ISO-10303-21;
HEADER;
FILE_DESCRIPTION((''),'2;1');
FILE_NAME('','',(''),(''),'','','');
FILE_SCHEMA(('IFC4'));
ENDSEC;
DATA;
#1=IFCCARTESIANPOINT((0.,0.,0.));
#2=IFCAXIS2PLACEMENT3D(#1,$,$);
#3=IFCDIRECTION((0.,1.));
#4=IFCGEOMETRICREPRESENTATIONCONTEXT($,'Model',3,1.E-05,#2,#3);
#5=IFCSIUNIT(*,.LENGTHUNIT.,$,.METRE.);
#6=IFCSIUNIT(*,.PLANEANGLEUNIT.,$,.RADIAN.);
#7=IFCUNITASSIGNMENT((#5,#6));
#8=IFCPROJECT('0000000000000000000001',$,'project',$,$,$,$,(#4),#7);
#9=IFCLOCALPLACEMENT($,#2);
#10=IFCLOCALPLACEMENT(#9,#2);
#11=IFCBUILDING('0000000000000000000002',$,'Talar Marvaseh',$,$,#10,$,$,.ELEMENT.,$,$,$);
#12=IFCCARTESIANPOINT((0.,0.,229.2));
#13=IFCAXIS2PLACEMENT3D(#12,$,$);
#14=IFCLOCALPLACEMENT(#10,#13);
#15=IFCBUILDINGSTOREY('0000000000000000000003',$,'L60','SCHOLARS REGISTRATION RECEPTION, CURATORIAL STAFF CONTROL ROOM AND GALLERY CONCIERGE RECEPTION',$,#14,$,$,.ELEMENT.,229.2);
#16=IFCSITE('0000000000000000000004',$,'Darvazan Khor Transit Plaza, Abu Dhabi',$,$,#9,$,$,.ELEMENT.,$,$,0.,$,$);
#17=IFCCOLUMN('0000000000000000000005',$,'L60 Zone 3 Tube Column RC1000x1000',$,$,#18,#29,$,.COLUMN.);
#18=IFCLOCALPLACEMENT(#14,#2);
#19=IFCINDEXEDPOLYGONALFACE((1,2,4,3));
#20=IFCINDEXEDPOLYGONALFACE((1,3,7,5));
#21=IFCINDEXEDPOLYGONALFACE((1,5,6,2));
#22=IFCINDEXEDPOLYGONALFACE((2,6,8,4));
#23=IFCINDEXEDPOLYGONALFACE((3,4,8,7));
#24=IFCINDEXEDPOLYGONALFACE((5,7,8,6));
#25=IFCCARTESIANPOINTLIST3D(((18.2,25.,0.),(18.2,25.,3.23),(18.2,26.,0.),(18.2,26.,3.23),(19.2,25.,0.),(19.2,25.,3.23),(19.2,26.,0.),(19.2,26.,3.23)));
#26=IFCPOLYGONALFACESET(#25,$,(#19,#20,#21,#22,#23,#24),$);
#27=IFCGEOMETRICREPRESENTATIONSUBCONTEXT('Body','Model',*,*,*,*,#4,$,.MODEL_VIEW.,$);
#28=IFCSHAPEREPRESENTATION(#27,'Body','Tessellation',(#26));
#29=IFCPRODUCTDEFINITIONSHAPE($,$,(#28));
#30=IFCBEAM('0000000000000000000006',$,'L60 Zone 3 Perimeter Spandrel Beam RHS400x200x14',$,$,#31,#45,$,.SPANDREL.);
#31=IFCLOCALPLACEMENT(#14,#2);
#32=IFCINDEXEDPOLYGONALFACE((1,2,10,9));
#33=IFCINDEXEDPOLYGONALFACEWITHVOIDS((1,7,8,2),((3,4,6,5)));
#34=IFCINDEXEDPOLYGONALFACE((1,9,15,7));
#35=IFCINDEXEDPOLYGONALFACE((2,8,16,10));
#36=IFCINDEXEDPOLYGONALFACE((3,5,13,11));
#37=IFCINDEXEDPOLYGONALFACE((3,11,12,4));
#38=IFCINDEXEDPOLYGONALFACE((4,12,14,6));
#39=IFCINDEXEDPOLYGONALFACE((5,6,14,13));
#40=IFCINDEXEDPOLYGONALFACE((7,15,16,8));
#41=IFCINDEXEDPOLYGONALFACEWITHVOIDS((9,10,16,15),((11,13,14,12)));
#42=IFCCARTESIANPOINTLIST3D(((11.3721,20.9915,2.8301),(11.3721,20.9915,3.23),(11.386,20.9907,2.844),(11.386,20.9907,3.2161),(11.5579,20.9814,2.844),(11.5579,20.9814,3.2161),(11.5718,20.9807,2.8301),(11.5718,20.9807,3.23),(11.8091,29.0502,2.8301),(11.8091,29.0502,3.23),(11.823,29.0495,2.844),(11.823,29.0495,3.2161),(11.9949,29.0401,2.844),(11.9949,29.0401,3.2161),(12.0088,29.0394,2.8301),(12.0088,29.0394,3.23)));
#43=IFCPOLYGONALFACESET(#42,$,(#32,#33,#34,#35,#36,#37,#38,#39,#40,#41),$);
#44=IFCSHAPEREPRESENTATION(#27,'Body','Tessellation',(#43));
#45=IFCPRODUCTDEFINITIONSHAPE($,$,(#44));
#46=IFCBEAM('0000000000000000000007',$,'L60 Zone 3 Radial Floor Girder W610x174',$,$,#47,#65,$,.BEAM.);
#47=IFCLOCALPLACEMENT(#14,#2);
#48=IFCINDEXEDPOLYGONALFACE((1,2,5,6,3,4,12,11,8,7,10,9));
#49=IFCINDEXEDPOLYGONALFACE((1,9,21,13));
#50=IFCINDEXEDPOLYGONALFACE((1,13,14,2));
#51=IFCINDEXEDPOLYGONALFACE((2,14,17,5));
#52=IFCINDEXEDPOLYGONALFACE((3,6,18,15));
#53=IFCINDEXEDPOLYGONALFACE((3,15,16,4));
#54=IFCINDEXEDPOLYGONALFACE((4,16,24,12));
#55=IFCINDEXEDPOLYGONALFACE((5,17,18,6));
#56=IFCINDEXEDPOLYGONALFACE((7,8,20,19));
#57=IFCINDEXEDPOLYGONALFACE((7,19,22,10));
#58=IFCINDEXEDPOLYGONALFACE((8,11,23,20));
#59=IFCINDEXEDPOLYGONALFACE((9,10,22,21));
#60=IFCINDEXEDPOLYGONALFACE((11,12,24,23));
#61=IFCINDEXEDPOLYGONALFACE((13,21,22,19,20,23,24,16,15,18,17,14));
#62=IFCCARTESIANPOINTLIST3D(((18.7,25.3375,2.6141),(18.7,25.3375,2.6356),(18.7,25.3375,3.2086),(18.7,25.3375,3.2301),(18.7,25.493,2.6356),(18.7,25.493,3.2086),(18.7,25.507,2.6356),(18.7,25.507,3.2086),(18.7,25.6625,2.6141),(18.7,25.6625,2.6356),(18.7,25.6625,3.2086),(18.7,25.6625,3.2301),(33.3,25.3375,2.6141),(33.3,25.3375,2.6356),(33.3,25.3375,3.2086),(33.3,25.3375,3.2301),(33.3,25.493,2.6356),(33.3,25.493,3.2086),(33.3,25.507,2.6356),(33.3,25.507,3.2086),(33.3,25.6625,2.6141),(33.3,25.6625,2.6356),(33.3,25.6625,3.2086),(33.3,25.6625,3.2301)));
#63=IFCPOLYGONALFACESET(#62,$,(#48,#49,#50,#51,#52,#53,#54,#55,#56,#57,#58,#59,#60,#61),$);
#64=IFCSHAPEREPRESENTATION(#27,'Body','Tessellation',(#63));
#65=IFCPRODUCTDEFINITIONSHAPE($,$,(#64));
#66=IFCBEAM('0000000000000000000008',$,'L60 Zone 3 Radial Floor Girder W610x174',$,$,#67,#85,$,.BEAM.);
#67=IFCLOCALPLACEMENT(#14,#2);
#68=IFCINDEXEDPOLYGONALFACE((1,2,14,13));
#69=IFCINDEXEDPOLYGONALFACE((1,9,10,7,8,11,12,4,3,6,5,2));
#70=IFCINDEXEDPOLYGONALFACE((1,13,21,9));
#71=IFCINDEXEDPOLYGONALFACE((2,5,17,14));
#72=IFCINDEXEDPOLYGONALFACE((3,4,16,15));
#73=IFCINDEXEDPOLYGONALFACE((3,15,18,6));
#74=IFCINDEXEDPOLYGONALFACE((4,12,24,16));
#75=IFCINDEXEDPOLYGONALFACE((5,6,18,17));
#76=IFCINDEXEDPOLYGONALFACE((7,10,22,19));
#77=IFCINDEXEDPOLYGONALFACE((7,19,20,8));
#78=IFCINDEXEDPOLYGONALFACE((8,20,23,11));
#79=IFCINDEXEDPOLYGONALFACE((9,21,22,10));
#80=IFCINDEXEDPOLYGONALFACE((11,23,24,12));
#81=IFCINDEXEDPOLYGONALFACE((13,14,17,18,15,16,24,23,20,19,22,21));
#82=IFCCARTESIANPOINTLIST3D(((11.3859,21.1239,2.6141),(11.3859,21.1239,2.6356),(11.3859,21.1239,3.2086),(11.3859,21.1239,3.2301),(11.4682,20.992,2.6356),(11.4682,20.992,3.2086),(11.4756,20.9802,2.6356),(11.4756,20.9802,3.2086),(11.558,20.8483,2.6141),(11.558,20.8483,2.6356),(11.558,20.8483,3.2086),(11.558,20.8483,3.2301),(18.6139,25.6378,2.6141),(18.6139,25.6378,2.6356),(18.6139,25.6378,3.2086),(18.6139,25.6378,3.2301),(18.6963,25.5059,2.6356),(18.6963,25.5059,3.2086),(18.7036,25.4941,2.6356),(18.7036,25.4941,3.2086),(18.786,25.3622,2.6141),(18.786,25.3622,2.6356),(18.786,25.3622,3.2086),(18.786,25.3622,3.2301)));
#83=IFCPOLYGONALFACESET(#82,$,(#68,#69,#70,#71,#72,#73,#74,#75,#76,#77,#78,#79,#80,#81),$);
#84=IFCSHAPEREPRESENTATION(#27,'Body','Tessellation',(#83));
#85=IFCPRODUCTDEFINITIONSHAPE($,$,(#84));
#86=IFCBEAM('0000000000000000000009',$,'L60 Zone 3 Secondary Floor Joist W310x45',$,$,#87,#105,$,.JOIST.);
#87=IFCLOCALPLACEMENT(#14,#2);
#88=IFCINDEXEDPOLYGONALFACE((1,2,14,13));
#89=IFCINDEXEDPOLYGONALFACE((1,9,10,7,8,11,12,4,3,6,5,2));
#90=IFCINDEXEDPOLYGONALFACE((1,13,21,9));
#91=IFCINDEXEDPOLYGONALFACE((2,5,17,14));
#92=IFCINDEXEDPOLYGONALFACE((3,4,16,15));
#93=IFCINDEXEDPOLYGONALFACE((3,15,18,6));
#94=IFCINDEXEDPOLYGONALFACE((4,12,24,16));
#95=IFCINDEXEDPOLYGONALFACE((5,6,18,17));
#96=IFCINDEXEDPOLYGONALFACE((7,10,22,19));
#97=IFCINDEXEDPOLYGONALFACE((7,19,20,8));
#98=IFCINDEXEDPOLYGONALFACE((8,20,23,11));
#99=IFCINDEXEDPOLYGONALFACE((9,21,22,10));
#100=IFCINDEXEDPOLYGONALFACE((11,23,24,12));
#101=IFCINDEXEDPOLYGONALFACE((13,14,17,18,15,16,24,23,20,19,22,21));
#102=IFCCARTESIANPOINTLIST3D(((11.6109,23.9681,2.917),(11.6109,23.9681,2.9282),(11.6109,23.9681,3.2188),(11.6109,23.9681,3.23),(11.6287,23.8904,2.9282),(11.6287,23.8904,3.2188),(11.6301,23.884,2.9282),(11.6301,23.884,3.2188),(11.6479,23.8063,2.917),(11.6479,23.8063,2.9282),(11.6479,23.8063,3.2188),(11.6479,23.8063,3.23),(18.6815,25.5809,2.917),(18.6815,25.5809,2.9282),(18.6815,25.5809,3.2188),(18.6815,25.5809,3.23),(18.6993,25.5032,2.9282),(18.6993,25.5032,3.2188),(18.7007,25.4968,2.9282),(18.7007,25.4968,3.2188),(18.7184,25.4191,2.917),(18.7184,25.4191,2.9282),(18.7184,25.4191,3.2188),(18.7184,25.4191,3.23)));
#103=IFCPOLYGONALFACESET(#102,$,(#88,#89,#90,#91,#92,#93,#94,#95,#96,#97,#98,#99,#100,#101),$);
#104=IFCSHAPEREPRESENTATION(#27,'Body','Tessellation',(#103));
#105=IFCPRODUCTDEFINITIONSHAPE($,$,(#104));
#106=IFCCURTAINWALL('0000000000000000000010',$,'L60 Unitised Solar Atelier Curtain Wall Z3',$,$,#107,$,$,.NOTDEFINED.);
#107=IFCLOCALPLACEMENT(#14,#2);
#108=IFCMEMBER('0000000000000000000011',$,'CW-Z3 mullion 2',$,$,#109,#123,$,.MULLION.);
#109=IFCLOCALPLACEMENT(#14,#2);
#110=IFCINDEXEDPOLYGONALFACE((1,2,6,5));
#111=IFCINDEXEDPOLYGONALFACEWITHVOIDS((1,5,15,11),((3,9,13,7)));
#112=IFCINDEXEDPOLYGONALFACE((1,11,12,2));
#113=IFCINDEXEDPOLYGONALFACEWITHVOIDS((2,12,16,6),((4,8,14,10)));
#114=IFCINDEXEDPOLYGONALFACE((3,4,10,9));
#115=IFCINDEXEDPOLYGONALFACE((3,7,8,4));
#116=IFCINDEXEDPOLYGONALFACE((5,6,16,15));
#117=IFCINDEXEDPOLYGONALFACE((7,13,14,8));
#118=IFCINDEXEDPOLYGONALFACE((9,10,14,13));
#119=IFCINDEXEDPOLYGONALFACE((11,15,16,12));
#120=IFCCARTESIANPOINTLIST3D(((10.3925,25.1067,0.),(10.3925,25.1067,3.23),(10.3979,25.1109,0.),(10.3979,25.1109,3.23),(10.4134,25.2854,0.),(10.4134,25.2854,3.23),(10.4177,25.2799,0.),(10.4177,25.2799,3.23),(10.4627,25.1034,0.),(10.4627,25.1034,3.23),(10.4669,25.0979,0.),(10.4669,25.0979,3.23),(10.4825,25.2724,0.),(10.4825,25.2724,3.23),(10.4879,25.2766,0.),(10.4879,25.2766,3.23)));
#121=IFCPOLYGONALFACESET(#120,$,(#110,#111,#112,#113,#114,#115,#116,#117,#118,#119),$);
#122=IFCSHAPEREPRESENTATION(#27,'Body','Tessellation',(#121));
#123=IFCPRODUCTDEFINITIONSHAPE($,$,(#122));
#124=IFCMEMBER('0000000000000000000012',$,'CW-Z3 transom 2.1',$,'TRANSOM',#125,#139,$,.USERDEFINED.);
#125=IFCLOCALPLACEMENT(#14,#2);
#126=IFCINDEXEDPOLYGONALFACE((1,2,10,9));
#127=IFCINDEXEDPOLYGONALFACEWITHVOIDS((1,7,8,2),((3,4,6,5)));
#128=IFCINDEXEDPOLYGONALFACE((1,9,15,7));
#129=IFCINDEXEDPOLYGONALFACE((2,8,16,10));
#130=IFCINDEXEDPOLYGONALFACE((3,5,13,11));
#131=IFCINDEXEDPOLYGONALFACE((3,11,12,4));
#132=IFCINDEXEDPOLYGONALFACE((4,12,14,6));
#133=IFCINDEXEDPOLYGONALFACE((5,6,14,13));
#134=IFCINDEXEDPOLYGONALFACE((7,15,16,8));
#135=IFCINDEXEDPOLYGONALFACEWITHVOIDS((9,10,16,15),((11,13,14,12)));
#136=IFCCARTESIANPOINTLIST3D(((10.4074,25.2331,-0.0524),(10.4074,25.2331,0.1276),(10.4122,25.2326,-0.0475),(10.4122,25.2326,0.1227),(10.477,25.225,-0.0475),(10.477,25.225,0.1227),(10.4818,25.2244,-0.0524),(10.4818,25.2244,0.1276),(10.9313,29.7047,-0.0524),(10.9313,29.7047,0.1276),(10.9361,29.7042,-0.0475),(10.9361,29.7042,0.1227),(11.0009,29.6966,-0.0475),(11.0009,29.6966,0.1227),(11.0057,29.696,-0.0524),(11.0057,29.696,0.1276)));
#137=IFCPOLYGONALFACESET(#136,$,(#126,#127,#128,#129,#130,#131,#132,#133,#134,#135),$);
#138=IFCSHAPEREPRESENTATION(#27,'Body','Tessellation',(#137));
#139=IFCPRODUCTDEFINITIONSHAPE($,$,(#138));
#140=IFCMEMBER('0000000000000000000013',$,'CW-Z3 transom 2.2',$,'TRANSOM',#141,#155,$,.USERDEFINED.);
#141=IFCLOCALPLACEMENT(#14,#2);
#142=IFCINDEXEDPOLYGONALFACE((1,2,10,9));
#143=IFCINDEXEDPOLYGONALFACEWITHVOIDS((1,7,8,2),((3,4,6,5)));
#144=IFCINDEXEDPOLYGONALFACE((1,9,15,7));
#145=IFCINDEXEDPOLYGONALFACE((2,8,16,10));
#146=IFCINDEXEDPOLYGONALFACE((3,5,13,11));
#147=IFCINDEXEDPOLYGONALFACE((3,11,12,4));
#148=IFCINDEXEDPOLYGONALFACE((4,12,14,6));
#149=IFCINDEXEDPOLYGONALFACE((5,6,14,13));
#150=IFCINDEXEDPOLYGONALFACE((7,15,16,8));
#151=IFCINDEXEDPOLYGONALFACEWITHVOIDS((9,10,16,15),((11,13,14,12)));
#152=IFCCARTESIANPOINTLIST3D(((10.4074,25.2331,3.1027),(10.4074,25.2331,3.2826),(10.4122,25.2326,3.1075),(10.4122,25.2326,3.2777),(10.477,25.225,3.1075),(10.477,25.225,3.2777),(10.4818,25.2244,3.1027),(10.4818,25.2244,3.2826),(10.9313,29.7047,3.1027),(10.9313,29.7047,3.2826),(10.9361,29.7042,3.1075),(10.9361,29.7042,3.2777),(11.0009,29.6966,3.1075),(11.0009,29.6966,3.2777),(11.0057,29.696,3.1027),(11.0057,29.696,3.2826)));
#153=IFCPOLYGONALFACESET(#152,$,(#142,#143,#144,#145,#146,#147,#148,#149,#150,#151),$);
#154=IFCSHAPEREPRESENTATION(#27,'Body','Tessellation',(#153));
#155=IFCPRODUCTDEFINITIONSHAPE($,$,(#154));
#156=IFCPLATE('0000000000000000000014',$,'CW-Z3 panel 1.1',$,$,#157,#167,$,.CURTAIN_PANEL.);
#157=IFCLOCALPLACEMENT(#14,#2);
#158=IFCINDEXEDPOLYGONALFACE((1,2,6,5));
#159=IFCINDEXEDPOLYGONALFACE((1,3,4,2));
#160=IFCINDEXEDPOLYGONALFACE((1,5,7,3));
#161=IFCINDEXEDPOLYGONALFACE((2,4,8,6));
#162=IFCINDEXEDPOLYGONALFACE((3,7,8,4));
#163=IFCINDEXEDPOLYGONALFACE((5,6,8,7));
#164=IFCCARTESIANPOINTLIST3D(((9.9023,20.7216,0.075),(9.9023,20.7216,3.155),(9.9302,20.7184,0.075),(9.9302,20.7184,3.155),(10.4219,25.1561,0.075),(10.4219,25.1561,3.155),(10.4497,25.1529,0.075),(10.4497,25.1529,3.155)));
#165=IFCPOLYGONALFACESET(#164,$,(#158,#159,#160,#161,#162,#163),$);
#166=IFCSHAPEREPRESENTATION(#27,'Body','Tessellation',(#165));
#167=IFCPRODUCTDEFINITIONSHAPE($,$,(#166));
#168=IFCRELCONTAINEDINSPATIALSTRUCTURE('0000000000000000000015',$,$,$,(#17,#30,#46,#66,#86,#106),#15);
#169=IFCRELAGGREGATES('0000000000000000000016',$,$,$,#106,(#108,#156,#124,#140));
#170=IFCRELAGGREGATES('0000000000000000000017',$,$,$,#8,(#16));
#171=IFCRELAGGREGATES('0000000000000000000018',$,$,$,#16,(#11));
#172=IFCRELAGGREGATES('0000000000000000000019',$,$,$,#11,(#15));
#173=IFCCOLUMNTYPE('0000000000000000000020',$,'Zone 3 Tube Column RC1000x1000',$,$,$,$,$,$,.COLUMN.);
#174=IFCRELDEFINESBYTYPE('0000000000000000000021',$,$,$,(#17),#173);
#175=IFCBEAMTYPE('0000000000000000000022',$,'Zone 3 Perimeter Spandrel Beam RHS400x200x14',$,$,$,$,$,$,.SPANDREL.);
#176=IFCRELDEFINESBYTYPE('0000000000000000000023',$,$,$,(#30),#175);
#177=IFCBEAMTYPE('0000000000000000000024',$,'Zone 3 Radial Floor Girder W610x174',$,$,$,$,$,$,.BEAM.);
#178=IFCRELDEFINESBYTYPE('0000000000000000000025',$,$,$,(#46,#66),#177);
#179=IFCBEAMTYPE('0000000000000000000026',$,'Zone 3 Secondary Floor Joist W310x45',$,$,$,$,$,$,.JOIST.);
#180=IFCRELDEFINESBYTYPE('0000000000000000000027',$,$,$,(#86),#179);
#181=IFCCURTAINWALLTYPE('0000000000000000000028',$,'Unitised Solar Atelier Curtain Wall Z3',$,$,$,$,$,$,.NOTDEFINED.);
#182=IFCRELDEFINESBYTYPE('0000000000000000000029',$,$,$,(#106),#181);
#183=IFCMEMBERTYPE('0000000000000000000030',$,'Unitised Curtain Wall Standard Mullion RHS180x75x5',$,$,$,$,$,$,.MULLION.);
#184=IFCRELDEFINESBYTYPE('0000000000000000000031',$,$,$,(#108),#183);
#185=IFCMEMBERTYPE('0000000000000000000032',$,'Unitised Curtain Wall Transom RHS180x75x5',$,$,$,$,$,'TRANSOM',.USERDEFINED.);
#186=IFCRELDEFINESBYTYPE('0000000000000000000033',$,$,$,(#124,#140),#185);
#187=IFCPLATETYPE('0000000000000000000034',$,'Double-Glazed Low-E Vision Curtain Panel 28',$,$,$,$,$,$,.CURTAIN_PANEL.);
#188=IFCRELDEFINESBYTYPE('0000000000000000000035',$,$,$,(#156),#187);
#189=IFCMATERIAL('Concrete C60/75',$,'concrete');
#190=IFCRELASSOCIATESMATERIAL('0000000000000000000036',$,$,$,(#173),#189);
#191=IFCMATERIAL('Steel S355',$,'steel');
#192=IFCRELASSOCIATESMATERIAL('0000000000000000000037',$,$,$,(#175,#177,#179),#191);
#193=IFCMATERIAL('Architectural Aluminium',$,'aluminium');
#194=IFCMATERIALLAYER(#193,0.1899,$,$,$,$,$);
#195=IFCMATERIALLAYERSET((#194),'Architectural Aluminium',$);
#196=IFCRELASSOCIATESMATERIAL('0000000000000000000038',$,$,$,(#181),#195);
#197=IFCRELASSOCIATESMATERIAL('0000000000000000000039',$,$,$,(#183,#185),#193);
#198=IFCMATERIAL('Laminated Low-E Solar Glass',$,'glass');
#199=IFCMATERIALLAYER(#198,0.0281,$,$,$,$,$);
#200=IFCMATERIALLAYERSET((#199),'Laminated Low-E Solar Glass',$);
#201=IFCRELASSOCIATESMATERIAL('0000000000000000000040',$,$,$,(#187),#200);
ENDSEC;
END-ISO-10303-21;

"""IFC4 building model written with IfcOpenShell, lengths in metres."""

from ifc_helpers import new_model, si_unit, direction, frame, origin, origin_2d, place, context, subcontext, project, spatial, rectangle, hollow_rectangle, i_section, extrude, source, transform, mapped, material, layer, layer_set, material_profile, profile_set, type_object, type_shapes, element, aggregate, save


model = new_model("IFC4")

# Units and contexts
model_context = context("Model", 3, precision=1e-05, world=origin(), true_north=direction((0.0, 1.0)))
body_context = subcontext(model_context, "Body", "Model", "MODEL_VIEW")
ifc_project = project(units=[si_unit("LENGTHUNIT", "METRE"), si_unit("PLANEANGLEUNIT", "RADIAN")], contexts=[model_context])

# Site, building, storey
site_placement = place(None, origin())
site = spatial("IfcSite", under=ifc_project, at=site_placement, Name="Darvazan Khor Transit Plaza, Abu Dhabi", CompositionType="ELEMENT", RefElevation=0.0)
building_placement = place(site_placement, origin())
building = spatial("IfcBuilding", under=site, at=building_placement, Name="Talar Marvaseh", CompositionType="ELEMENT")
storey_placement = place(building_placement, frame((0.0, 0.0, 229.2)))
storey = spatial("IfcBuildingStorey", under=building, at=storey_placement, Name="L60", Description="SCHOLARS REGISTRATION RECEPTION, CURATORIAL STAFF CONTROL ROOM AND GALLERY CONCIERGE RECEPTION", CompositionType="ELEMENT", Elevation=229.2)

# Column
ifc_material_1 = material(Name="Concrete C60/75", Category="concrete")
ifc_material_profile_1 = material_profile(ifc_material_1, rectangle(XDim=1.0, YDim=1.0, at=origin_2d()), Name="RC1000x1000")
ifc_profile_set_1 = profile_set([ifc_material_profile_1], Name="Concrete C60/75")
column_type = type_object("IfcColumnType", Name="Zone 3 Tube Column RC1000x1000", PredefinedType="COLUMN", material=ifc_profile_set_1)
column_placement = place(storey_placement, frame((18.7, 25.5, 0.0), z_axis=(0.0, 0.0, 1.0), x_axis=(1.0, 0.0, 0.0)))
element("IfcColumn", 1, at=column_placement, inside=storey, type_object=column_type, Name="L60 Zone 3 Tube Column RC1000x1000", PredefinedType="COLUMN", context=body_context, shape_type="SweptSolid", body=[
    extrude(rectangle(XDim=1.0, YDim=1.0, at=origin_2d()), origin(), (0.0, 0.0, 1.0), 3.23),
])

# Beams
ifc_material_2 = material(Name="Steel S355", Category="steel")
ifc_material_profile_2 = material_profile(ifc_material_2, hollow_rectangle(XDim=0.2, YDim=0.3999, WallThickness=0.0139, at=origin_2d()), Name="RHS400x200x14")
ifc_profile_set_2 = profile_set([ifc_material_profile_2], Name="Steel S355")
beam_type_1 = type_object("IfcBeamType", Name="Zone 3 Perimeter Spandrel Beam RHS400x200x14", PredefinedType="SPANDREL", material=ifc_profile_set_2)
beam_1_placement = place(storey_placement, frame((11.4719, 20.9861, 3.03), z_axis=(0.054148, 0.998533, 0.0), x_axis=(-0.998533, 0.054148, 0.0)))
element("IfcBeam", 2, at=beam_1_placement, inside=storey, type_object=beam_type_1, Name="L60 Zone 3 Perimeter Spandrel Beam RHS400x200x14", PredefinedType="SPANDREL", context=body_context, shape_type="SweptSolid", body=[
    extrude(hollow_rectangle(XDim=0.2, YDim=0.3999, WallThickness=0.0139, at=origin_2d()), origin(), (0.0, 0.0, 1.0), 8.0706),
])
ifc_material_profile_3 = material_profile(ifc_material_2, i_section(OverallWidth=0.325, OverallDepth=0.616, WebThickness=0.0139, FlangeThickness=0.0215, at=origin_2d()), Name="W610x174")
ifc_profile_set_3 = profile_set([ifc_material_profile_3], Name="Steel S355")
beam_type_2 = type_object("IfcBeamType", Name="Zone 3 Radial Floor Girder W610x174", PredefinedType="BEAM", material=ifc_profile_set_3)
beam_2_placement = place(storey_placement, frame((18.7, 25.5, 2.9221), z_axis=(1.0, 0.0, 0.0), x_axis=(0.0, 1.0, 0.0)))
element("IfcBeam", 3, at=beam_2_placement, inside=storey, type_object=beam_type_2, Name="L60 Zone 3 Radial Floor Girder W610x174", PredefinedType="BEAM", context=body_context, shape_type="SweptSolid", body=[
    extrude(i_section(OverallWidth=0.325, OverallDepth=0.616, WebThickness=0.0139, FlangeThickness=0.0215, at=origin_2d()), origin(), (0.0, 0.0, 1.0), 14.6001),
])
beam_3_placement = place(storey_placement, frame((11.4719, 20.9861, 2.9221), z_axis=(0.848188, 0.529695, 0.0), x_axis=(-0.529695, 0.848188, 0.0)))
element("IfcBeam", 4, at=beam_3_placement, inside=storey, type_object=beam_type_2, Name="L60 Zone 3 Radial Floor Girder W610x174", PredefinedType="BEAM", context=body_context, shape_type="SweptSolid", body=[
    extrude(i_section(OverallWidth=0.325, OverallDepth=0.616, WebThickness=0.0139, FlangeThickness=0.0215, at=origin_2d()), origin(), (0.0, 0.0, 1.0), 8.5217),
])
ifc_material_profile_4 = material_profile(ifc_material_2, i_section(OverallWidth=0.166, OverallDepth=0.313, WebThickness=0.0066, FlangeThickness=0.0112, at=origin_2d()), Name="W310x45")
ifc_profile_set_4 = profile_set([ifc_material_profile_4], Name="Steel S355")
beam_type_3 = type_object("IfcBeamType", Name="Zone 3 Secondary Floor Joist W310x45", PredefinedType="JOIST", material=ifc_profile_set_4)
beam_4_placement = place(storey_placement, frame((11.6294, 23.8872, 3.0735), z_axis=(0.974958, 0.222388, 0.0), x_axis=(-0.222388, 0.974958, 0.0)))
element("IfcBeam", 5, at=beam_4_placement, inside=storey, type_object=beam_type_3, Name="L60 Zone 3 Secondary Floor Joist W310x45", PredefinedType="JOIST", context=body_context, shape_type="SweptSolid", body=[
    extrude(i_section(OverallWidth=0.166, OverallDepth=0.313, WebThickness=0.0066, FlangeThickness=0.0112, at=origin_2d()), origin(), (0.0, 0.0, 1.0), 7.2522),
])

# Curtain wall, members, plate
ifc_material_3 = material(Name="Architectural Aluminium", Category="aluminium")
ifc_layer_1 = layer(ifc_material_3, 0.1899)
ifc_layer_set_1 = layer_set([ifc_layer_1], Name="Architectural Aluminium")
curtain_wall_type = type_object("IfcCurtainWallType", Name="Unitised Solar Atelier Curtain Wall Z3", PredefinedType="NOTDEFINED", material=ifc_layer_set_1)
curtain_wall_placement = place(storey_placement, origin())
curtain_wall = element("IfcCurtainWall", 6, at=curtain_wall_placement, inside=storey, type_object=curtain_wall_type, Name="L60 Unitised Solar Atelier Curtain Wall Z3", PredefinedType="NOTDEFINED")
ifc_material_profile_5 = material_profile(ifc_material_3, hollow_rectangle(XDim=0.075, YDim=0.1799, WallThickness=0.0049, at=origin_2d()), Name="RHS180x75x5")
ifc_profile_set_5 = profile_set([ifc_material_profile_5], Name="Architectural Aluminium")
member_type_1 = type_object("IfcMemberType", Name="Unitised Curtain Wall Standard Mullion RHS180x75x5", PredefinedType="MULLION", material=ifc_profile_set_5)
shared_shape_1 = source(origin(), body_context, "Body", "SweptSolid", [
    extrude(hollow_rectangle(XDim=0.075, YDim=0.1799, WallThickness=0.0049, at=origin_2d()), origin(), (0.0, 0.0, 1.0), 3.23),
])
type_shapes(member_type_1, [shared_shape_1])
member_1_placement = place(storey_placement, frame((10.4402, 25.1917, 0.0), z_axis=(0.0, 0.0, 1.0), x_axis=(-0.993206, 0.116366, 0.0)))
member_1 = element("IfcMember", 7, at=member_1_placement, type_object=member_type_1, Name="CW-Z3 mullion 2", PredefinedType="MULLION", context=body_context, shape_type="MappedRepresentation", body=[
    mapped(shared_shape_1, transform((0.0, 0.0, 0.0), x_axis=(1.0, 0.0, 0.0), y_axis=(0.0, 1.0, 0.0), z_axis=(0.0, 0.0, 1.0), scale=1.0)),
])
ifc_material_profile_6 = material_profile(ifc_material_3, hollow_rectangle(XDim=0.075, YDim=0.1799, WallThickness=0.0049, at=origin_2d()), Name="RHS180x75x5")
ifc_profile_set_6 = profile_set([ifc_material_profile_6], Name="Architectural Aluminium")
member_type_2 = type_object("IfcMemberType", Name="Unitised Curtain Wall Transom RHS180x75x5", ElementType="TRANSOM", PredefinedType="USERDEFINED", material=ifc_profile_set_6)
shared_shape_2 = source(origin(), body_context, "Body", "SweptSolid", [
    extrude(hollow_rectangle(XDim=0.075, YDim=0.1799, WallThickness=0.0049, at=origin_2d()), origin(), (0.0, 0.0, 1.0), 4.5022),
])
type_shapes(member_type_2, [shared_shape_2])
member_2_placement = place(storey_placement, frame((10.4446, 25.2288, 0.0376), z_axis=(0.116369, 0.993206, 0.0), x_axis=(-0.993206, 0.116369, 0.0)))
member_2 = element("IfcMember", 8, at=member_2_placement, type_object=member_type_2, Name="CW-Z3 transom 2.1", ObjectType="TRANSOM", PredefinedType="USERDEFINED", context=body_context, shape_type="MappedRepresentation", body=[
    mapped(shared_shape_2, transform((0.0, 0.0, 0.0), x_axis=(1.0, 0.0, 0.0), y_axis=(0.0, 1.0, 0.0), z_axis=(0.0, 0.0, 1.0), scale=1.0)),
])
member_3_placement = place(storey_placement, frame((10.4446, 25.2288, 3.1926), z_axis=(0.116369, 0.993206, 0.0), x_axis=(-0.993206, 0.116369, 0.0)))
member_3 = element("IfcMember", 9, at=member_3_placement, type_object=member_type_2, Name="CW-Z3 transom 2.2", ObjectType="TRANSOM", PredefinedType="USERDEFINED", context=body_context, shape_type="MappedRepresentation", body=[
    mapped(shared_shape_2, transform((0.0, 0.0, 0.0), x_axis=(1.0, 0.0, 0.0), y_axis=(0.0, 1.0, 0.0), z_axis=(0.0, 0.0, 1.0), scale=1.0)),
])
ifc_material_4 = material(Name="Laminated Low-E Solar Glass", Category="glass")
ifc_layer_2 = layer(ifc_material_4, 0.0281)
ifc_layer_set_2 = layer_set([ifc_layer_2], Name="Laminated Low-E Solar Glass")
plate_type = type_object("IfcPlateType", Name="Double-Glazed Low-E Vision Curtain Panel 28", PredefinedType="CURTAIN_PANEL", material=ifc_layer_set_2)
shared_shape_3 = source(origin(), body_context, "Body", "SweptSolid", [
    extrude(rectangle(XDim=4.4648, YDim=0.0281, at=origin_2d()), origin(), (0.0, 0.0, 1.0), 3.0801),
])
type_shapes(plate_type, [shared_shape_3])
plate_placement = place(storey_placement, frame((10.176, 22.9373, 0.075), z_axis=(0.0, 0.0, 1.0), x_axis=(0.116366, 0.993206, 0.0)))
plate = element("IfcPlate", 10, at=plate_placement, type_object=plate_type, Name="CW-Z3 panel 1.1", PredefinedType="CURTAIN_PANEL", context=body_context, shape_type="MappedRepresentation", body=[
    mapped(shared_shape_3, transform((0.0, 0.0, 0.0), x_axis=(1.0, 0.0, 0.0), y_axis=(0.0, 1.0, 0.0), z_axis=(0.0, 0.0, 1.0), scale=1.0)),
])
aggregate(curtain_wall, [member_1, plate, member_2, member_3])

save(model, "model.ifc")
